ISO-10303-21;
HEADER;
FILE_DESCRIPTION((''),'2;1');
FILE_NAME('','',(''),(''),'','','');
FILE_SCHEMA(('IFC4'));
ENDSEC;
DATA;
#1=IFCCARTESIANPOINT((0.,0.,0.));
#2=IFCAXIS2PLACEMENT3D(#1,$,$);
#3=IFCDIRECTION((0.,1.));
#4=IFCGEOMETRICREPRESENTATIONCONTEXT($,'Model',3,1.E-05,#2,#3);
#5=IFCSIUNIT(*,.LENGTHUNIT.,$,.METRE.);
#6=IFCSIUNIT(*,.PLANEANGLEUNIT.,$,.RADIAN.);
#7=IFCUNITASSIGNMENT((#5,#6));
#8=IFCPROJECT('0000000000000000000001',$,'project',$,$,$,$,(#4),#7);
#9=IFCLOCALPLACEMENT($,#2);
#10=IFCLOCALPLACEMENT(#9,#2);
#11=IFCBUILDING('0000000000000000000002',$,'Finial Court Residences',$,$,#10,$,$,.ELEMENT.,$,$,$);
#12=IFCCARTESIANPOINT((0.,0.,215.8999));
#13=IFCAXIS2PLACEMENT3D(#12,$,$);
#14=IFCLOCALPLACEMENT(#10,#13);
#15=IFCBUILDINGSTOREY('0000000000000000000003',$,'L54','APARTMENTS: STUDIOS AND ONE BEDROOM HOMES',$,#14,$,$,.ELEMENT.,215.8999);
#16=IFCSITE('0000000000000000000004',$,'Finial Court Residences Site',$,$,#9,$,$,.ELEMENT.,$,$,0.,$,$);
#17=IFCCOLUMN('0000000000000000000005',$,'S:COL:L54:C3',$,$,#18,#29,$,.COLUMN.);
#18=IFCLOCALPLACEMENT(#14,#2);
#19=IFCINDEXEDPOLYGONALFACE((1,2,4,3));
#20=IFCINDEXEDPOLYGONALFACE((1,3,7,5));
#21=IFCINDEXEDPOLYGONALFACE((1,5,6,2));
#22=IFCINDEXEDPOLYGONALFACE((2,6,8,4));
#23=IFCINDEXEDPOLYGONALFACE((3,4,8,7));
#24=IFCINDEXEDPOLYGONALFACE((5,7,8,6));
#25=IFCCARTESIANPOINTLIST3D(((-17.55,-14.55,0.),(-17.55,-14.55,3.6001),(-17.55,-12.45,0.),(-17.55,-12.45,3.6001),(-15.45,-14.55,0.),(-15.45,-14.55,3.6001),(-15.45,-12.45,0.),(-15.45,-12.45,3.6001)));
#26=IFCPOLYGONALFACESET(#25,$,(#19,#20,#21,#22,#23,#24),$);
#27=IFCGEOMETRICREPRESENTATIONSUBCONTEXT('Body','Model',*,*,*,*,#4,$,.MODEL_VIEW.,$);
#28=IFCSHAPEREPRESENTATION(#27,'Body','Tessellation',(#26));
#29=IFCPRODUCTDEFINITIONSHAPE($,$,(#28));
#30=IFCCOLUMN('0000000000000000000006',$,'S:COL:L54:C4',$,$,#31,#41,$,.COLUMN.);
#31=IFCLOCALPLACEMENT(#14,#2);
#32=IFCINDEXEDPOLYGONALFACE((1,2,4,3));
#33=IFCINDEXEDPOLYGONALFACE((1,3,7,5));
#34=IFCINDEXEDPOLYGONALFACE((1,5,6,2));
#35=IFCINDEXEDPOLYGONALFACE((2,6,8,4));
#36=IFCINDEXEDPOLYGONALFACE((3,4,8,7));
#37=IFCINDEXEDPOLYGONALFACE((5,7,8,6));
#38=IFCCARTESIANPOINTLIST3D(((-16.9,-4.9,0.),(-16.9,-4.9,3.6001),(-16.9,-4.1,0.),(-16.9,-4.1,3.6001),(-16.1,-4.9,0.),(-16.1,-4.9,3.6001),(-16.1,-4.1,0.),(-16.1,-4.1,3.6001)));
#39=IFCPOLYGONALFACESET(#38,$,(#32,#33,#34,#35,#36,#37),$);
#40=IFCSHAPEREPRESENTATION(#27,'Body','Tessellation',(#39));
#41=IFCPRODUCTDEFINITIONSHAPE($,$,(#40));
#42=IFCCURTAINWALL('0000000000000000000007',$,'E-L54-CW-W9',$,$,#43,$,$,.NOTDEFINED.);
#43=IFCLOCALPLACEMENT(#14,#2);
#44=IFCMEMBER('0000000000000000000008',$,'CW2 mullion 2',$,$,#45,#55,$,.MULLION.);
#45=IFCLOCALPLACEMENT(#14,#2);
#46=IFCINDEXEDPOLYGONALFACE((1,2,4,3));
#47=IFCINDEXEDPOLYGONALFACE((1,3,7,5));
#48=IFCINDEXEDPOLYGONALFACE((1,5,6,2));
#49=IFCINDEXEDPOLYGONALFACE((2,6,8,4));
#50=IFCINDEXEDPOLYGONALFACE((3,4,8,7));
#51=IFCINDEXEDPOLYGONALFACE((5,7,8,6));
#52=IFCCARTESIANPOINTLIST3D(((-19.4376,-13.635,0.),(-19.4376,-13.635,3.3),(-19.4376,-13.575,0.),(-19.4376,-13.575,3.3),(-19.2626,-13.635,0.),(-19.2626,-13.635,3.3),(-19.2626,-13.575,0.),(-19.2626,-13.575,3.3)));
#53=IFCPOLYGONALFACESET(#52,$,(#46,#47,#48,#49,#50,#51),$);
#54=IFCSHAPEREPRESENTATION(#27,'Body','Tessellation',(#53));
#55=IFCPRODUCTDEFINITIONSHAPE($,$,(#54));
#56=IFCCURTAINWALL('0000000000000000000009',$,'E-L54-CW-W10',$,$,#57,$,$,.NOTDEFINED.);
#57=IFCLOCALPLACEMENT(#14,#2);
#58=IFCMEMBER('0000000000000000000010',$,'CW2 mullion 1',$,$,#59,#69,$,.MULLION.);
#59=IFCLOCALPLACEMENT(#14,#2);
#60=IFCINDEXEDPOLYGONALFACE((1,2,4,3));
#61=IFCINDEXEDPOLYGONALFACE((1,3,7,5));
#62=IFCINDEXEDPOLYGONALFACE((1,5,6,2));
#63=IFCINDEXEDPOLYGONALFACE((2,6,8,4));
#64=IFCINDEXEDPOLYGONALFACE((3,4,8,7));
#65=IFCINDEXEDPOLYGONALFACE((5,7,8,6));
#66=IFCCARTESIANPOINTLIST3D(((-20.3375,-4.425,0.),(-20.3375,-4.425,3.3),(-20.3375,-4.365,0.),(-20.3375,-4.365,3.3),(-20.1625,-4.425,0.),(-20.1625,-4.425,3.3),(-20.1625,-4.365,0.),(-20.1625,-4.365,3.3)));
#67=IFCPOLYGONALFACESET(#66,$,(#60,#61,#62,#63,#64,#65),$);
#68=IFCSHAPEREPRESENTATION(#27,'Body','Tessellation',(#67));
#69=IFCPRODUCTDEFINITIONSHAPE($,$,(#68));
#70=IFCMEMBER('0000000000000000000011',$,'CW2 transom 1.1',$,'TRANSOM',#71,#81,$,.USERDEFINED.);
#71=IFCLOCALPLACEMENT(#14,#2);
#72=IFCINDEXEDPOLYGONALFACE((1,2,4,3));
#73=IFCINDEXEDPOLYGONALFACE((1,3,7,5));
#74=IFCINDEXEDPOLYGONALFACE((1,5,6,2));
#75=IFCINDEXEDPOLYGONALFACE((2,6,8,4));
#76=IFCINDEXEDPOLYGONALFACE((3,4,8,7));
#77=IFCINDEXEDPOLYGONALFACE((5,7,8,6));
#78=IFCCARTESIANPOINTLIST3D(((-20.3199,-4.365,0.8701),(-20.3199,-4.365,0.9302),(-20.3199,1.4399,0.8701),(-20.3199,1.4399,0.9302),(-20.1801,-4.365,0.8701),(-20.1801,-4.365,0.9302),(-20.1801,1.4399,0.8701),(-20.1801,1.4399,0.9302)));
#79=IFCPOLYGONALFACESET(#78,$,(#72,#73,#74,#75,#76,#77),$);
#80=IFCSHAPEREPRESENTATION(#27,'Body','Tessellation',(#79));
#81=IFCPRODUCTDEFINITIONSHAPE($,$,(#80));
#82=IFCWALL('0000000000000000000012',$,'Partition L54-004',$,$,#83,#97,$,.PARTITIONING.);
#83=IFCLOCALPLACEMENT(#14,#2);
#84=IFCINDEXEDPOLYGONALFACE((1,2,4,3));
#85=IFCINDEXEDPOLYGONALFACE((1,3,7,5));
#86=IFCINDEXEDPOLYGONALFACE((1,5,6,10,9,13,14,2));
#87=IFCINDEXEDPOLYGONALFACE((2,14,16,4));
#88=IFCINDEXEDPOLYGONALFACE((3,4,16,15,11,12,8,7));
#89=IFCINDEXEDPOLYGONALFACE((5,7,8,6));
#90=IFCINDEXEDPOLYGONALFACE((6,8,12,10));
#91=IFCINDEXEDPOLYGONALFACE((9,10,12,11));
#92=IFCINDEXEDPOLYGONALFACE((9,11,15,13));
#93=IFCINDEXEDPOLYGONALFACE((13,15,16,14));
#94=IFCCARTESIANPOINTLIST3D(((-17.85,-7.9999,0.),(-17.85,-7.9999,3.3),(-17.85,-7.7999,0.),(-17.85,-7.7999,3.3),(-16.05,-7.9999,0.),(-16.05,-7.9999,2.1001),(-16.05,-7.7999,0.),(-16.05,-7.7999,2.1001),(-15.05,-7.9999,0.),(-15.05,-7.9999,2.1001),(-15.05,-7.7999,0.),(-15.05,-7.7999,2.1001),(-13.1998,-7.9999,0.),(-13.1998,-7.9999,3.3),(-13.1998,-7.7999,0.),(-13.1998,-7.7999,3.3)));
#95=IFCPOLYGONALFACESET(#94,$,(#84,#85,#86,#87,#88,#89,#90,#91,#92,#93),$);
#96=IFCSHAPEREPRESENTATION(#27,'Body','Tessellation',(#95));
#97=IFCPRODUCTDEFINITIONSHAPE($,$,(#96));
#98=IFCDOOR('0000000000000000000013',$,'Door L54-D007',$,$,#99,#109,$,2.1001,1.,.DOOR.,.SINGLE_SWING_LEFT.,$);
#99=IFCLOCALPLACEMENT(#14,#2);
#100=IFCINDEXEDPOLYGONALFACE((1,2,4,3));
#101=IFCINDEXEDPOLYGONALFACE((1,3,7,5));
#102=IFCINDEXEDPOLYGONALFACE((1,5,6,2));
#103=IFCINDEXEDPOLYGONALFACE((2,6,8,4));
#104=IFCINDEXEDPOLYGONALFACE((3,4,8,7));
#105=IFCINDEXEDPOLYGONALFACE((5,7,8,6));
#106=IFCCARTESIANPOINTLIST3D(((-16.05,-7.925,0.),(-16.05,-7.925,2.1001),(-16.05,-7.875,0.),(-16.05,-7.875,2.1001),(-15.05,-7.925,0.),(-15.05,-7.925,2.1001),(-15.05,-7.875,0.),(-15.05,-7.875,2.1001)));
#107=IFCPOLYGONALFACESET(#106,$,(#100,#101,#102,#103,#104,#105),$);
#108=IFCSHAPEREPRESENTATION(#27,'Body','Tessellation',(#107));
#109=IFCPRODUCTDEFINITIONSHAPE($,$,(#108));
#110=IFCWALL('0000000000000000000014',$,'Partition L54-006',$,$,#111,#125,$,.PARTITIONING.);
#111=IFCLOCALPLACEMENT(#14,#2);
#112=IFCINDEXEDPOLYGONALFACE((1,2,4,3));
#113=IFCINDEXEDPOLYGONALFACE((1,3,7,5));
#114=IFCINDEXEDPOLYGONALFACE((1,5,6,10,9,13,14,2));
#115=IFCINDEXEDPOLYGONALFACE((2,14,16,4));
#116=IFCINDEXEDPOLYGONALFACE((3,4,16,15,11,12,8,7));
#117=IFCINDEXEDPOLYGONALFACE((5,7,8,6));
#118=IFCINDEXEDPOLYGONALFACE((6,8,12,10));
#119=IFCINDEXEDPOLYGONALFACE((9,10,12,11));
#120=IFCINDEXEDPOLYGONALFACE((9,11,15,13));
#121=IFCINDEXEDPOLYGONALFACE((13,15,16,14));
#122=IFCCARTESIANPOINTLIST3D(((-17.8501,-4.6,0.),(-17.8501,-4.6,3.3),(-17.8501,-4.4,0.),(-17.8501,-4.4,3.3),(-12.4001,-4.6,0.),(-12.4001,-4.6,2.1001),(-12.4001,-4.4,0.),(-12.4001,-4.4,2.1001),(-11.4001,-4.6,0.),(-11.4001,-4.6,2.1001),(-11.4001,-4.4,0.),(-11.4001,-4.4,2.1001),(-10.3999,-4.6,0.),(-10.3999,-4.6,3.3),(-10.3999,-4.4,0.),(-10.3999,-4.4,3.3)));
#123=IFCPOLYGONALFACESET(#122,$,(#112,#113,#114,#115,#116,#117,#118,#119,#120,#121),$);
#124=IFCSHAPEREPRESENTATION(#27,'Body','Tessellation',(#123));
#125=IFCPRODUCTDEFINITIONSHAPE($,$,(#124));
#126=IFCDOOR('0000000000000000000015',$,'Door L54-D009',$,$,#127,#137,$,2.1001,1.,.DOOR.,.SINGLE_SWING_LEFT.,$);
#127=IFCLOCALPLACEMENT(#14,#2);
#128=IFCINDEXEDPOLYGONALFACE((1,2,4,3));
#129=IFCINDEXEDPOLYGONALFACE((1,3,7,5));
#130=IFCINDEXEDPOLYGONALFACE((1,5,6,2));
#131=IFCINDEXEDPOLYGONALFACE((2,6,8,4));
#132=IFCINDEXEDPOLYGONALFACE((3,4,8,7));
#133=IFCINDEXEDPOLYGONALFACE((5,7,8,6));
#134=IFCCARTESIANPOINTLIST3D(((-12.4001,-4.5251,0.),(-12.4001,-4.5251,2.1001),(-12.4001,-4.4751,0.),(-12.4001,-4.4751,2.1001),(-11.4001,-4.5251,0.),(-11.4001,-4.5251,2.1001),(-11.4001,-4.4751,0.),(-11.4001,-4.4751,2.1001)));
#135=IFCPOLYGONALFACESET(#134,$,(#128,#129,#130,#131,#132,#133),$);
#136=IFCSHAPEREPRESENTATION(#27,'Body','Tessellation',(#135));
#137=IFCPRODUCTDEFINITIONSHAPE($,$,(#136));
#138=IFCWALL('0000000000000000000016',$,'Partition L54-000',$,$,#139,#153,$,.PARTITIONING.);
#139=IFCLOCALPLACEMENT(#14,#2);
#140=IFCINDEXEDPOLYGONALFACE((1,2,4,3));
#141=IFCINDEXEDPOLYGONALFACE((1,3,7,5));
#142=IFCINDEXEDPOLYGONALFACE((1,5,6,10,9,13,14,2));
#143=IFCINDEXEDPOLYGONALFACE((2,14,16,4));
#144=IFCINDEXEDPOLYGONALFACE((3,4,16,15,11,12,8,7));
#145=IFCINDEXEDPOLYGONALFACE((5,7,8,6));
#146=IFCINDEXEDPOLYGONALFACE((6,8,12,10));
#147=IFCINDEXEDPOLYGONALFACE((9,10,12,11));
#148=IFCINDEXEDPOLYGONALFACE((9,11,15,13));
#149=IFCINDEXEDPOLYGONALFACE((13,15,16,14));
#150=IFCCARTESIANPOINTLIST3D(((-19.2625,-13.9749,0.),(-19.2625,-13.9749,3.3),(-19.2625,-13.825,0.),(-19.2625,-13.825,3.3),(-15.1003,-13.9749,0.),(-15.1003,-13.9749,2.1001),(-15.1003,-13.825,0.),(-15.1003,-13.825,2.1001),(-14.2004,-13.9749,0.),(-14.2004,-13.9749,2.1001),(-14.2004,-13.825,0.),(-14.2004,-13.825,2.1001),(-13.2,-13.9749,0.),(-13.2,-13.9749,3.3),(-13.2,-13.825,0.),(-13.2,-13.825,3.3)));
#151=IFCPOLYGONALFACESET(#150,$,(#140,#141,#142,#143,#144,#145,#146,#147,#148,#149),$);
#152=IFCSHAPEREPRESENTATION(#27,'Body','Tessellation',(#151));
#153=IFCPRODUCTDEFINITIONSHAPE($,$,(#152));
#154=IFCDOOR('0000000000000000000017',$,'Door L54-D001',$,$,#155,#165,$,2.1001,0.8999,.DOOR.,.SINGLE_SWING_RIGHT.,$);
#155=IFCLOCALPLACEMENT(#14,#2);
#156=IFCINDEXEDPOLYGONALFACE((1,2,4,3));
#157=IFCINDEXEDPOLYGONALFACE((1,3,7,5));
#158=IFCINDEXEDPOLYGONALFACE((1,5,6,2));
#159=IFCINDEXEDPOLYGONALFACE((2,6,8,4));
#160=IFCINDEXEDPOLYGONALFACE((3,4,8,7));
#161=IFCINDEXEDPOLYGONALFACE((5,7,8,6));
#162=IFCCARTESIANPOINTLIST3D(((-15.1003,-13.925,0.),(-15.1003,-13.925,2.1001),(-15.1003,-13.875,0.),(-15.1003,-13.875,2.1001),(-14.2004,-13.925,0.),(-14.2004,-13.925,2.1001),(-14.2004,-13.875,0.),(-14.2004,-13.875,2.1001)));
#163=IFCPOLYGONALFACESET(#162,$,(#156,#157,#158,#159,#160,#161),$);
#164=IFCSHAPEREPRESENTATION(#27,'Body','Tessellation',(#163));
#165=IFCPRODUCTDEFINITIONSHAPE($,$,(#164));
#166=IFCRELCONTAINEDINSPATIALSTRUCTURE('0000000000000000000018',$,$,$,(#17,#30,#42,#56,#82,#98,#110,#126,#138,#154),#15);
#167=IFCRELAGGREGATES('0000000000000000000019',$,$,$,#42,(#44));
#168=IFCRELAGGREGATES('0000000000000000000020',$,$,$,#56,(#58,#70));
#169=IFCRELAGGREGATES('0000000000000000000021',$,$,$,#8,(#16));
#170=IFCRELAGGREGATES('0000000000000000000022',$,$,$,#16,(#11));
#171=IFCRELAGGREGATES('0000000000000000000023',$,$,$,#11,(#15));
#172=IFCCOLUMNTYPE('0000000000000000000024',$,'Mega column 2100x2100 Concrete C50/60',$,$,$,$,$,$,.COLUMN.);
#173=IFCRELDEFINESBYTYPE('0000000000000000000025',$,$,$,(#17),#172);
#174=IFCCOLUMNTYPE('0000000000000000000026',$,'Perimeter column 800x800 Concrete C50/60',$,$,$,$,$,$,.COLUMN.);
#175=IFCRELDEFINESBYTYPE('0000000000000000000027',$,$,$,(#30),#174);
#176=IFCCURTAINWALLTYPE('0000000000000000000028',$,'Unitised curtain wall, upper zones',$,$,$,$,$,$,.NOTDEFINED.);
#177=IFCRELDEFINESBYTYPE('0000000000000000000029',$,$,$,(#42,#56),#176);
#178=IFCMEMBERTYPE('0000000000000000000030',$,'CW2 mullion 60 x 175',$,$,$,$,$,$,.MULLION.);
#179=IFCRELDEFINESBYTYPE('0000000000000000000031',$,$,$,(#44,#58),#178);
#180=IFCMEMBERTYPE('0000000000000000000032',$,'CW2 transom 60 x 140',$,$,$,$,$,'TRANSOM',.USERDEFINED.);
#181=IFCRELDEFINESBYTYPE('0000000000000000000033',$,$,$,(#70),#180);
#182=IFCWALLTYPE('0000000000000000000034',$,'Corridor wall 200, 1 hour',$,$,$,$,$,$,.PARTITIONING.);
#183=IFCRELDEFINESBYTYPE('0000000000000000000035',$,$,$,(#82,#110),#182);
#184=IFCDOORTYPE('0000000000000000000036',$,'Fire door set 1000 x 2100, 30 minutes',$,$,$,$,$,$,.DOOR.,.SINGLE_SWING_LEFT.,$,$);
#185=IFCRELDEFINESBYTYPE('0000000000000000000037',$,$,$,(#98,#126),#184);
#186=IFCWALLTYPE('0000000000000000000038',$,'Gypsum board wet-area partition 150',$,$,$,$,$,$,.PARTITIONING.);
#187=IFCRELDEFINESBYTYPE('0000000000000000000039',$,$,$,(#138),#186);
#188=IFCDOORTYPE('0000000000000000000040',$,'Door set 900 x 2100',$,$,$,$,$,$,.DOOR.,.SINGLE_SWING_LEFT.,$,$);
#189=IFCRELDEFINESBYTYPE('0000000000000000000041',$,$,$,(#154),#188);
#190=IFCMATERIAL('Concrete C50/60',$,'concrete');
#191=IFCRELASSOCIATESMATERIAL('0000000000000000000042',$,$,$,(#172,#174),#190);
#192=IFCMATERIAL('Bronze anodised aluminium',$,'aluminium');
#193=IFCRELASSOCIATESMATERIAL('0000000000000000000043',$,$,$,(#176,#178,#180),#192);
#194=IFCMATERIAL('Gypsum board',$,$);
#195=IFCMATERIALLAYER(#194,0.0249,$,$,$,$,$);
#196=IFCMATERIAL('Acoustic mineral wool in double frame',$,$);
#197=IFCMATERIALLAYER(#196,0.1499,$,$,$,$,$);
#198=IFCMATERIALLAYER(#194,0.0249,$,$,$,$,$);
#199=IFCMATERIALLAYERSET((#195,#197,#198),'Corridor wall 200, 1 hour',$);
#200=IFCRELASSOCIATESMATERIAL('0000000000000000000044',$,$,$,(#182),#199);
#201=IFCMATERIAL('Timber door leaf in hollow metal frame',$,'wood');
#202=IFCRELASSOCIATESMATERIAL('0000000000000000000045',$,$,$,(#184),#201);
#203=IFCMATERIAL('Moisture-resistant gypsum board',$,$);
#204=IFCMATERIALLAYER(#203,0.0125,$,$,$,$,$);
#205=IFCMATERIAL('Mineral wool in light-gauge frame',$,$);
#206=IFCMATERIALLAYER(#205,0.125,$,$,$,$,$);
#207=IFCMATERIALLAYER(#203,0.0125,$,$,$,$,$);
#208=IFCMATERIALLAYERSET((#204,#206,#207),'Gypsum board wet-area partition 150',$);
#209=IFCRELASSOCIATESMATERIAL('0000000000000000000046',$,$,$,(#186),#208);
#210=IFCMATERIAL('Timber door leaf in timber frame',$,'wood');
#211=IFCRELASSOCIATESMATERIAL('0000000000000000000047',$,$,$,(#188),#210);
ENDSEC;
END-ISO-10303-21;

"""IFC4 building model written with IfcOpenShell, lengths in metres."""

from ifc_helpers import new_model, si_unit, direction, frame, frame_2d, origin, origin_2d, place, context, subcontext, project, spatial, rectangle, extrude, material, layer, layer_set, material_profile, profile_set, type_object, element, fill, aggregate, save


model = new_model("IFC4")

# Units and contexts
model_context = context("Model", 3, precision=1e-05, world=origin(), true_north=direction((0.0, 1.0)))
body_context = subcontext(model_context, "Body", "Model", "MODEL_VIEW")
ifc_project = project(units=[si_unit("LENGTHUNIT", "METRE"), si_unit("PLANEANGLEUNIT", "RADIAN")], contexts=[model_context])

# Site, building, storey
site_placement = place(None, origin())
site = spatial("IfcSite", under=ifc_project, at=site_placement, Name="Finial Court Residences Site", CompositionType="ELEMENT", RefElevation=0.0)
building_placement = place(site_placement, origin())
building = spatial("IfcBuilding", under=site, at=building_placement, Name="Finial Court Residences", CompositionType="ELEMENT")
storey_placement = place(building_placement, frame((0.0, 0.0, 215.8999)))
storey = spatial("IfcBuildingStorey", under=building, at=storey_placement, Name="L54", Description="APARTMENTS: STUDIOS AND ONE BEDROOM HOMES", CompositionType="ELEMENT", Elevation=215.8999)

# Columns
ifc_material_1 = material(Name="Concrete C50/60", Category="concrete")
ifc_material_profile_1 = material_profile(ifc_material_1, rectangle(XDim=2.1001, YDim=2.1001, at=origin_2d()), Name="2100x2100")
ifc_profile_set_1 = profile_set([ifc_material_profile_1], Name="Concrete C50/60")
column_type_1 = type_object("IfcColumnType", Name="Mega column 2100x2100 Concrete C50/60", PredefinedType="COLUMN", material=ifc_profile_set_1)
column_1_placement = place(storey_placement, frame((-16.5, -13.5, 0.0), z_axis=(0.0, 0.0, 1.0), x_axis=(1.0, 0.0, 0.0)))
element("IfcColumn", 1, at=column_1_placement, inside=storey, type_object=column_type_1, Name="S:COL:L54:C3", PredefinedType="COLUMN", context=body_context, shape_type="SweptSolid", body=[
    extrude(rectangle(XDim=2.1001, YDim=2.1001, at=origin_2d()), origin(), (0.0, 0.0, 1.0), 3.6001),
])
ifc_material_profile_2 = material_profile(ifc_material_1, rectangle(XDim=0.8, YDim=0.8, at=origin_2d()), Name="800x800")
ifc_profile_set_2 = profile_set([ifc_material_profile_2], Name="Concrete C50/60")
column_type_2 = type_object("IfcColumnType", Name="Perimeter column 800x800 Concrete C50/60", PredefinedType="COLUMN", material=ifc_profile_set_2)
column_2_placement = place(storey_placement, frame((-16.5, -4.5, 0.0), z_axis=(0.0, 0.0, 1.0), x_axis=(1.0, 0.0, 0.0)))
element("IfcColumn", 2, at=column_2_placement, inside=storey, type_object=column_type_2, Name="S:COL:L54:C4", PredefinedType="COLUMN", context=body_context, shape_type="SweptSolid", body=[
    extrude(rectangle(XDim=0.8, YDim=0.8, at=origin_2d()), origin(), (0.0, 0.0, 1.0), 3.6001),
])

# Curtain wall, member
ifc_material_2 = material(Name="Bronze anodised aluminium", Category="aluminium")
curtain_wall_type = type_object("IfcCurtainWallType", Name="Unitised curtain wall, upper zones", PredefinedType="NOTDEFINED", material=ifc_material_2)
curtain_wall_1_placement = place(storey_placement, origin())
curtain_wall_1 = element("IfcCurtainWall", 3, at=curtain_wall_1_placement, inside=storey, type_object=curtain_wall_type, Name="E-L54-CW-W9", PredefinedType="NOTDEFINED")
ifc_material_profile_3 = material_profile(ifc_material_2, rectangle(XDim=0.175, YDim=0.0601, at=origin_2d()), Name="CW2 mullion 60 x 175")
ifc_profile_set_3 = profile_set([ifc_material_profile_3], Name="Bronze anodised aluminium")
member_type_1 = type_object("IfcMemberType", Name="CW2 mullion 60 x 175", PredefinedType="MULLION", material=ifc_profile_set_3)
member_1_placement = place(storey_placement, frame((-19.3501, -13.605, 0.0), z_axis=(0.0, 0.0, 1.0), x_axis=(-1.0, 0.0, 0.0)))
member_1 = element("IfcMember", 4, at=member_1_placement, type_object=member_type_1, Name="CW2 mullion 2", PredefinedType="MULLION", context=body_context, shape_type="SweptSolid", body=[
    extrude(rectangle(XDim=0.175, YDim=0.0601, at=origin_2d()), origin(), (0.0, 0.0, 1.0), 3.3),
])
aggregate(curtain_wall_1, [member_1])

# Curtain wall, members
curtain_wall_2_placement = place(storey_placement, origin())
curtain_wall_2 = element("IfcCurtainWall", 5, at=curtain_wall_2_placement, inside=storey, type_object=curtain_wall_type, Name="E-L54-CW-W10", PredefinedType="NOTDEFINED")
member_2_placement = place(storey_placement, frame((-20.25, -4.395, 0.0), z_axis=(0.0, 0.0, 1.0), x_axis=(-1.0, 0.0, 0.0)))
member_2 = element("IfcMember", 6, at=member_2_placement, type_object=member_type_1, Name="CW2 mullion 1", PredefinedType="MULLION", context=body_context, shape_type="SweptSolid", body=[
    extrude(rectangle(XDim=0.175, YDim=0.0601, at=origin_2d()), origin(), (0.0, 0.0, 1.0), 3.3),
])
ifc_material_profile_4 = material_profile(ifc_material_2, rectangle(XDim=0.1399, YDim=0.0601, at=origin_2d()), Name="CW2 transom 60 x 140")
ifc_profile_set_4 = profile_set([ifc_material_profile_4], Name="Bronze anodised aluminium")
member_type_2 = type_object("IfcMemberType", Name="CW2 transom 60 x 140", ElementType="TRANSOM", PredefinedType="USERDEFINED", material=ifc_profile_set_4)
member_3_placement = place(storey_placement, frame((-20.25, -4.365, 0.9001), z_axis=(0.0, 1.0, 0.0), x_axis=(-1.0, 0.0, 0.0)))
member_3 = element("IfcMember", 7, at=member_3_placement, type_object=member_type_2, Name="CW2 transom 1.1", ObjectType="TRANSOM", PredefinedType="USERDEFINED", context=body_context, shape_type="SweptSolid", body=[
    extrude(rectangle(XDim=0.1399, YDim=0.0601, at=origin_2d()), origin(), (0.0, 0.0, 1.0), 5.8049),
])
aggregate(curtain_wall_2, [member_2, member_3])

# Walls, openings, doors
ifc_material_3 = material(Name="Gypsum board")
ifc_layer_1 = layer(ifc_material_3, 0.0249)
ifc_material_4 = material(Name="Acoustic mineral wool in double frame")
ifc_layer_2 = layer(ifc_material_4, 0.1499)
ifc_layer_3 = layer(ifc_material_3, 0.0249)
ifc_layer_set_1 = layer_set([ifc_layer_1, ifc_layer_2, ifc_layer_3], Name="Corridor wall 200, 1 hour")
wall_type_1 = type_object("IfcWallType", Name="Corridor wall 200, 1 hour", PredefinedType="PARTITIONING", material=ifc_layer_set_1)
wall_1_placement = place(storey_placement, frame((-17.8501, -7.8999, 0.0), z_axis=(0.0, 0.0, 1.0), x_axis=(1.0, 0.0, 0.0)))
wall_1 = element("IfcWall", 8, at=wall_1_placement, inside=storey, type_object=wall_type_1, Name="Partition L54-004", PredefinedType="PARTITIONING", context=body_context, shape_type="SweptSolid", body=[
    extrude(rectangle(XDim=4.6501, YDim=0.2, at=frame_2d((2.3252, 0.0))), origin(), (0.0, 0.0, 1.0), 3.3),
])
opening_1_placement = place(wall_1_placement, frame((1.8, 0.0, 0.0)))
opening_1 = element("IfcOpeningElement", 9, at=opening_1_placement, cuts=wall_1, PredefinedType="OPENING", context=body_context, shape_type="SweptSolid", body=[
    extrude(rectangle(XDim=1.0, YDim=2.1001, at=frame_2d((0.5, 1.05))), frame((0.0, 0.1099, 0.0), z_axis=(0.0, -1.0, 0.0), x_axis=(1.0, 0.0, 0.0)), (0.0, 0.0, 1.0), 0.22),
])
ifc_material_5 = material(Name="Timber door leaf in hollow metal frame", Category="wood")
door_type_1 = type_object("IfcDoorType", Name="Fire door set 1000 x 2100, 30 minutes", OperationType="SINGLE_SWING_LEFT", PredefinedType="DOOR", material=ifc_material_5)
door_1_placement = place(opening_1_placement, origin())
door_1 = element("IfcDoor", 10, at=door_1_placement, inside=storey, type_object=door_type_1, Name="Door L54-D007", OperationType="SINGLE_SWING_LEFT", OverallHeight=2.1001, OverallWidth=1.0, PredefinedType="DOOR", context=body_context, shape_type="SweptSolid", body=[
    extrude(rectangle(XDim=1.0, YDim=2.1001, at=frame_2d((0.5, 1.05))), frame((0.0, 0.0249, 0.0), z_axis=(0.0, -1.0, 0.0), x_axis=(1.0, 0.0, 0.0)), (0.0, 0.0, 1.0), 0.05),
])
fill(opening_1, door_1)
wall_2_placement = place(storey_placement, frame((-17.8501, -4.5, 0.0), z_axis=(0.0, 0.0, 1.0), x_axis=(1.0, 0.0, 0.0)))
wall_2 = element("IfcWall", 11, at=wall_2_placement, inside=storey, type_object=wall_type_1, Name="Partition L54-006", PredefinedType="PARTITIONING", context=body_context, shape_type="SweptSolid", body=[
    extrude(rectangle(XDim=7.4502, YDim=0.2, at=frame_2d((3.7251, 0.0))), origin(), (0.0, 0.0, 1.0), 3.3),
])
opening_2_placement = place(wall_2_placement, frame((5.45, 0.0, 0.0)))
opening_2 = element("IfcOpeningElement", 12, at=opening_2_placement, cuts=wall_2, PredefinedType="OPENING", context=body_context, shape_type="SweptSolid", body=[
    extrude(rectangle(XDim=1.0, YDim=2.1001, at=frame_2d((0.5, 1.05))), frame((0.0, 0.1099, 0.0), z_axis=(0.0, -1.0, 0.0), x_axis=(1.0, 0.0, 0.0)), (0.0, 0.0, 1.0), 0.22),
])
door_2_placement = place(opening_2_placement, origin())
door_2 = element("IfcDoor", 13, at=door_2_placement, inside=storey, type_object=door_type_1, Name="Door L54-D009", OperationType="SINGLE_SWING_LEFT", OverallHeight=2.1001, OverallWidth=1.0, PredefinedType="DOOR", context=body_context, shape_type="SweptSolid", body=[
    extrude(rectangle(XDim=1.0, YDim=2.1001, at=frame_2d((0.5, 1.05))), frame((0.0, 0.0249, 0.0), z_axis=(0.0, -1.0, 0.0), x_axis=(1.0, 0.0, 0.0)), (0.0, 0.0, 1.0), 0.05),
])
fill(opening_2, door_2)
ifc_material_6 = material(Name="Moisture-resistant gypsum board")
ifc_layer_4 = layer(ifc_material_6, 0.0125)
ifc_material_7 = material(Name="Mineral wool in light-gauge frame")
ifc_layer_5 = layer(ifc_material_7, 0.125)
ifc_layer_6 = layer(ifc_material_6, 0.0125)
ifc_layer_set_2 = layer_set([ifc_layer_4, ifc_layer_5, ifc_layer_6], Name="Gypsum board wet-area partition 150")
wall_type_2 = type_object("IfcWallType", Name="Gypsum board wet-area partition 150", PredefinedType="PARTITIONING", material=ifc_layer_set_2)
wall_3_placement = place(storey_placement, frame((-19.2625, -13.8999, 0.0), z_axis=(0.0, 0.0, 1.0), x_axis=(1.0, 0.0, 0.0)))
wall_3 = element("IfcWall", 14, at=wall_3_placement, inside=storey, type_object=wall_type_2, Name="Partition L54-000", PredefinedType="PARTITIONING", context=body_context, shape_type="SweptSolid", body=[
    extrude(rectangle(XDim=6.0625, YDim=0.1499, at=frame_2d((3.0312, 0.0))), origin(), (0.0, 0.0, 1.0), 3.3),
])
opening_3_placement = place(wall_3_placement, frame((4.1621, 0.0, 0.0)))
opening_3 = element("IfcOpeningElement", 15, at=opening_3_placement, cuts=wall_3, PredefinedType="OPENING", context=body_context, shape_type="SweptSolid", body=[
    extrude(rectangle(XDim=0.8999, YDim=2.1001, at=frame_2d((0.45, 1.05))), frame((0.0, 0.085, 0.0), z_axis=(0.0, -1.0, 0.0), x_axis=(1.0, 0.0, 0.0)), (0.0, 0.0, 1.0), 0.1699),
])
ifc_material_8 = material(Name="Timber door leaf in timber frame", Category="wood")
door_type_2 = type_object("IfcDoorType", Name="Door set 900 x 2100", OperationType="SINGLE_SWING_LEFT", PredefinedType="DOOR", material=ifc_material_8)
door_3_placement = place(opening_3_placement, origin())
door_3 = element("IfcDoor", 16, at=door_3_placement, inside=storey, type_object=door_type_2, Name="Door L54-D001", OperationType="SINGLE_SWING_RIGHT", OverallHeight=2.1001, OverallWidth=0.8999, PredefinedType="DOOR", context=body_context, shape_type="SweptSolid", body=[
    extrude(rectangle(XDim=0.8999, YDim=2.1001, at=frame_2d((0.45, 1.05))), frame((0.0, 0.0249, 0.0), z_axis=(0.0, -1.0, 0.0), x_axis=(1.0, 0.0, 0.0)), (0.0, 0.0, 1.0), 0.05),
])
fill(opening_3, door_3)

save(model, "model.ifc")
